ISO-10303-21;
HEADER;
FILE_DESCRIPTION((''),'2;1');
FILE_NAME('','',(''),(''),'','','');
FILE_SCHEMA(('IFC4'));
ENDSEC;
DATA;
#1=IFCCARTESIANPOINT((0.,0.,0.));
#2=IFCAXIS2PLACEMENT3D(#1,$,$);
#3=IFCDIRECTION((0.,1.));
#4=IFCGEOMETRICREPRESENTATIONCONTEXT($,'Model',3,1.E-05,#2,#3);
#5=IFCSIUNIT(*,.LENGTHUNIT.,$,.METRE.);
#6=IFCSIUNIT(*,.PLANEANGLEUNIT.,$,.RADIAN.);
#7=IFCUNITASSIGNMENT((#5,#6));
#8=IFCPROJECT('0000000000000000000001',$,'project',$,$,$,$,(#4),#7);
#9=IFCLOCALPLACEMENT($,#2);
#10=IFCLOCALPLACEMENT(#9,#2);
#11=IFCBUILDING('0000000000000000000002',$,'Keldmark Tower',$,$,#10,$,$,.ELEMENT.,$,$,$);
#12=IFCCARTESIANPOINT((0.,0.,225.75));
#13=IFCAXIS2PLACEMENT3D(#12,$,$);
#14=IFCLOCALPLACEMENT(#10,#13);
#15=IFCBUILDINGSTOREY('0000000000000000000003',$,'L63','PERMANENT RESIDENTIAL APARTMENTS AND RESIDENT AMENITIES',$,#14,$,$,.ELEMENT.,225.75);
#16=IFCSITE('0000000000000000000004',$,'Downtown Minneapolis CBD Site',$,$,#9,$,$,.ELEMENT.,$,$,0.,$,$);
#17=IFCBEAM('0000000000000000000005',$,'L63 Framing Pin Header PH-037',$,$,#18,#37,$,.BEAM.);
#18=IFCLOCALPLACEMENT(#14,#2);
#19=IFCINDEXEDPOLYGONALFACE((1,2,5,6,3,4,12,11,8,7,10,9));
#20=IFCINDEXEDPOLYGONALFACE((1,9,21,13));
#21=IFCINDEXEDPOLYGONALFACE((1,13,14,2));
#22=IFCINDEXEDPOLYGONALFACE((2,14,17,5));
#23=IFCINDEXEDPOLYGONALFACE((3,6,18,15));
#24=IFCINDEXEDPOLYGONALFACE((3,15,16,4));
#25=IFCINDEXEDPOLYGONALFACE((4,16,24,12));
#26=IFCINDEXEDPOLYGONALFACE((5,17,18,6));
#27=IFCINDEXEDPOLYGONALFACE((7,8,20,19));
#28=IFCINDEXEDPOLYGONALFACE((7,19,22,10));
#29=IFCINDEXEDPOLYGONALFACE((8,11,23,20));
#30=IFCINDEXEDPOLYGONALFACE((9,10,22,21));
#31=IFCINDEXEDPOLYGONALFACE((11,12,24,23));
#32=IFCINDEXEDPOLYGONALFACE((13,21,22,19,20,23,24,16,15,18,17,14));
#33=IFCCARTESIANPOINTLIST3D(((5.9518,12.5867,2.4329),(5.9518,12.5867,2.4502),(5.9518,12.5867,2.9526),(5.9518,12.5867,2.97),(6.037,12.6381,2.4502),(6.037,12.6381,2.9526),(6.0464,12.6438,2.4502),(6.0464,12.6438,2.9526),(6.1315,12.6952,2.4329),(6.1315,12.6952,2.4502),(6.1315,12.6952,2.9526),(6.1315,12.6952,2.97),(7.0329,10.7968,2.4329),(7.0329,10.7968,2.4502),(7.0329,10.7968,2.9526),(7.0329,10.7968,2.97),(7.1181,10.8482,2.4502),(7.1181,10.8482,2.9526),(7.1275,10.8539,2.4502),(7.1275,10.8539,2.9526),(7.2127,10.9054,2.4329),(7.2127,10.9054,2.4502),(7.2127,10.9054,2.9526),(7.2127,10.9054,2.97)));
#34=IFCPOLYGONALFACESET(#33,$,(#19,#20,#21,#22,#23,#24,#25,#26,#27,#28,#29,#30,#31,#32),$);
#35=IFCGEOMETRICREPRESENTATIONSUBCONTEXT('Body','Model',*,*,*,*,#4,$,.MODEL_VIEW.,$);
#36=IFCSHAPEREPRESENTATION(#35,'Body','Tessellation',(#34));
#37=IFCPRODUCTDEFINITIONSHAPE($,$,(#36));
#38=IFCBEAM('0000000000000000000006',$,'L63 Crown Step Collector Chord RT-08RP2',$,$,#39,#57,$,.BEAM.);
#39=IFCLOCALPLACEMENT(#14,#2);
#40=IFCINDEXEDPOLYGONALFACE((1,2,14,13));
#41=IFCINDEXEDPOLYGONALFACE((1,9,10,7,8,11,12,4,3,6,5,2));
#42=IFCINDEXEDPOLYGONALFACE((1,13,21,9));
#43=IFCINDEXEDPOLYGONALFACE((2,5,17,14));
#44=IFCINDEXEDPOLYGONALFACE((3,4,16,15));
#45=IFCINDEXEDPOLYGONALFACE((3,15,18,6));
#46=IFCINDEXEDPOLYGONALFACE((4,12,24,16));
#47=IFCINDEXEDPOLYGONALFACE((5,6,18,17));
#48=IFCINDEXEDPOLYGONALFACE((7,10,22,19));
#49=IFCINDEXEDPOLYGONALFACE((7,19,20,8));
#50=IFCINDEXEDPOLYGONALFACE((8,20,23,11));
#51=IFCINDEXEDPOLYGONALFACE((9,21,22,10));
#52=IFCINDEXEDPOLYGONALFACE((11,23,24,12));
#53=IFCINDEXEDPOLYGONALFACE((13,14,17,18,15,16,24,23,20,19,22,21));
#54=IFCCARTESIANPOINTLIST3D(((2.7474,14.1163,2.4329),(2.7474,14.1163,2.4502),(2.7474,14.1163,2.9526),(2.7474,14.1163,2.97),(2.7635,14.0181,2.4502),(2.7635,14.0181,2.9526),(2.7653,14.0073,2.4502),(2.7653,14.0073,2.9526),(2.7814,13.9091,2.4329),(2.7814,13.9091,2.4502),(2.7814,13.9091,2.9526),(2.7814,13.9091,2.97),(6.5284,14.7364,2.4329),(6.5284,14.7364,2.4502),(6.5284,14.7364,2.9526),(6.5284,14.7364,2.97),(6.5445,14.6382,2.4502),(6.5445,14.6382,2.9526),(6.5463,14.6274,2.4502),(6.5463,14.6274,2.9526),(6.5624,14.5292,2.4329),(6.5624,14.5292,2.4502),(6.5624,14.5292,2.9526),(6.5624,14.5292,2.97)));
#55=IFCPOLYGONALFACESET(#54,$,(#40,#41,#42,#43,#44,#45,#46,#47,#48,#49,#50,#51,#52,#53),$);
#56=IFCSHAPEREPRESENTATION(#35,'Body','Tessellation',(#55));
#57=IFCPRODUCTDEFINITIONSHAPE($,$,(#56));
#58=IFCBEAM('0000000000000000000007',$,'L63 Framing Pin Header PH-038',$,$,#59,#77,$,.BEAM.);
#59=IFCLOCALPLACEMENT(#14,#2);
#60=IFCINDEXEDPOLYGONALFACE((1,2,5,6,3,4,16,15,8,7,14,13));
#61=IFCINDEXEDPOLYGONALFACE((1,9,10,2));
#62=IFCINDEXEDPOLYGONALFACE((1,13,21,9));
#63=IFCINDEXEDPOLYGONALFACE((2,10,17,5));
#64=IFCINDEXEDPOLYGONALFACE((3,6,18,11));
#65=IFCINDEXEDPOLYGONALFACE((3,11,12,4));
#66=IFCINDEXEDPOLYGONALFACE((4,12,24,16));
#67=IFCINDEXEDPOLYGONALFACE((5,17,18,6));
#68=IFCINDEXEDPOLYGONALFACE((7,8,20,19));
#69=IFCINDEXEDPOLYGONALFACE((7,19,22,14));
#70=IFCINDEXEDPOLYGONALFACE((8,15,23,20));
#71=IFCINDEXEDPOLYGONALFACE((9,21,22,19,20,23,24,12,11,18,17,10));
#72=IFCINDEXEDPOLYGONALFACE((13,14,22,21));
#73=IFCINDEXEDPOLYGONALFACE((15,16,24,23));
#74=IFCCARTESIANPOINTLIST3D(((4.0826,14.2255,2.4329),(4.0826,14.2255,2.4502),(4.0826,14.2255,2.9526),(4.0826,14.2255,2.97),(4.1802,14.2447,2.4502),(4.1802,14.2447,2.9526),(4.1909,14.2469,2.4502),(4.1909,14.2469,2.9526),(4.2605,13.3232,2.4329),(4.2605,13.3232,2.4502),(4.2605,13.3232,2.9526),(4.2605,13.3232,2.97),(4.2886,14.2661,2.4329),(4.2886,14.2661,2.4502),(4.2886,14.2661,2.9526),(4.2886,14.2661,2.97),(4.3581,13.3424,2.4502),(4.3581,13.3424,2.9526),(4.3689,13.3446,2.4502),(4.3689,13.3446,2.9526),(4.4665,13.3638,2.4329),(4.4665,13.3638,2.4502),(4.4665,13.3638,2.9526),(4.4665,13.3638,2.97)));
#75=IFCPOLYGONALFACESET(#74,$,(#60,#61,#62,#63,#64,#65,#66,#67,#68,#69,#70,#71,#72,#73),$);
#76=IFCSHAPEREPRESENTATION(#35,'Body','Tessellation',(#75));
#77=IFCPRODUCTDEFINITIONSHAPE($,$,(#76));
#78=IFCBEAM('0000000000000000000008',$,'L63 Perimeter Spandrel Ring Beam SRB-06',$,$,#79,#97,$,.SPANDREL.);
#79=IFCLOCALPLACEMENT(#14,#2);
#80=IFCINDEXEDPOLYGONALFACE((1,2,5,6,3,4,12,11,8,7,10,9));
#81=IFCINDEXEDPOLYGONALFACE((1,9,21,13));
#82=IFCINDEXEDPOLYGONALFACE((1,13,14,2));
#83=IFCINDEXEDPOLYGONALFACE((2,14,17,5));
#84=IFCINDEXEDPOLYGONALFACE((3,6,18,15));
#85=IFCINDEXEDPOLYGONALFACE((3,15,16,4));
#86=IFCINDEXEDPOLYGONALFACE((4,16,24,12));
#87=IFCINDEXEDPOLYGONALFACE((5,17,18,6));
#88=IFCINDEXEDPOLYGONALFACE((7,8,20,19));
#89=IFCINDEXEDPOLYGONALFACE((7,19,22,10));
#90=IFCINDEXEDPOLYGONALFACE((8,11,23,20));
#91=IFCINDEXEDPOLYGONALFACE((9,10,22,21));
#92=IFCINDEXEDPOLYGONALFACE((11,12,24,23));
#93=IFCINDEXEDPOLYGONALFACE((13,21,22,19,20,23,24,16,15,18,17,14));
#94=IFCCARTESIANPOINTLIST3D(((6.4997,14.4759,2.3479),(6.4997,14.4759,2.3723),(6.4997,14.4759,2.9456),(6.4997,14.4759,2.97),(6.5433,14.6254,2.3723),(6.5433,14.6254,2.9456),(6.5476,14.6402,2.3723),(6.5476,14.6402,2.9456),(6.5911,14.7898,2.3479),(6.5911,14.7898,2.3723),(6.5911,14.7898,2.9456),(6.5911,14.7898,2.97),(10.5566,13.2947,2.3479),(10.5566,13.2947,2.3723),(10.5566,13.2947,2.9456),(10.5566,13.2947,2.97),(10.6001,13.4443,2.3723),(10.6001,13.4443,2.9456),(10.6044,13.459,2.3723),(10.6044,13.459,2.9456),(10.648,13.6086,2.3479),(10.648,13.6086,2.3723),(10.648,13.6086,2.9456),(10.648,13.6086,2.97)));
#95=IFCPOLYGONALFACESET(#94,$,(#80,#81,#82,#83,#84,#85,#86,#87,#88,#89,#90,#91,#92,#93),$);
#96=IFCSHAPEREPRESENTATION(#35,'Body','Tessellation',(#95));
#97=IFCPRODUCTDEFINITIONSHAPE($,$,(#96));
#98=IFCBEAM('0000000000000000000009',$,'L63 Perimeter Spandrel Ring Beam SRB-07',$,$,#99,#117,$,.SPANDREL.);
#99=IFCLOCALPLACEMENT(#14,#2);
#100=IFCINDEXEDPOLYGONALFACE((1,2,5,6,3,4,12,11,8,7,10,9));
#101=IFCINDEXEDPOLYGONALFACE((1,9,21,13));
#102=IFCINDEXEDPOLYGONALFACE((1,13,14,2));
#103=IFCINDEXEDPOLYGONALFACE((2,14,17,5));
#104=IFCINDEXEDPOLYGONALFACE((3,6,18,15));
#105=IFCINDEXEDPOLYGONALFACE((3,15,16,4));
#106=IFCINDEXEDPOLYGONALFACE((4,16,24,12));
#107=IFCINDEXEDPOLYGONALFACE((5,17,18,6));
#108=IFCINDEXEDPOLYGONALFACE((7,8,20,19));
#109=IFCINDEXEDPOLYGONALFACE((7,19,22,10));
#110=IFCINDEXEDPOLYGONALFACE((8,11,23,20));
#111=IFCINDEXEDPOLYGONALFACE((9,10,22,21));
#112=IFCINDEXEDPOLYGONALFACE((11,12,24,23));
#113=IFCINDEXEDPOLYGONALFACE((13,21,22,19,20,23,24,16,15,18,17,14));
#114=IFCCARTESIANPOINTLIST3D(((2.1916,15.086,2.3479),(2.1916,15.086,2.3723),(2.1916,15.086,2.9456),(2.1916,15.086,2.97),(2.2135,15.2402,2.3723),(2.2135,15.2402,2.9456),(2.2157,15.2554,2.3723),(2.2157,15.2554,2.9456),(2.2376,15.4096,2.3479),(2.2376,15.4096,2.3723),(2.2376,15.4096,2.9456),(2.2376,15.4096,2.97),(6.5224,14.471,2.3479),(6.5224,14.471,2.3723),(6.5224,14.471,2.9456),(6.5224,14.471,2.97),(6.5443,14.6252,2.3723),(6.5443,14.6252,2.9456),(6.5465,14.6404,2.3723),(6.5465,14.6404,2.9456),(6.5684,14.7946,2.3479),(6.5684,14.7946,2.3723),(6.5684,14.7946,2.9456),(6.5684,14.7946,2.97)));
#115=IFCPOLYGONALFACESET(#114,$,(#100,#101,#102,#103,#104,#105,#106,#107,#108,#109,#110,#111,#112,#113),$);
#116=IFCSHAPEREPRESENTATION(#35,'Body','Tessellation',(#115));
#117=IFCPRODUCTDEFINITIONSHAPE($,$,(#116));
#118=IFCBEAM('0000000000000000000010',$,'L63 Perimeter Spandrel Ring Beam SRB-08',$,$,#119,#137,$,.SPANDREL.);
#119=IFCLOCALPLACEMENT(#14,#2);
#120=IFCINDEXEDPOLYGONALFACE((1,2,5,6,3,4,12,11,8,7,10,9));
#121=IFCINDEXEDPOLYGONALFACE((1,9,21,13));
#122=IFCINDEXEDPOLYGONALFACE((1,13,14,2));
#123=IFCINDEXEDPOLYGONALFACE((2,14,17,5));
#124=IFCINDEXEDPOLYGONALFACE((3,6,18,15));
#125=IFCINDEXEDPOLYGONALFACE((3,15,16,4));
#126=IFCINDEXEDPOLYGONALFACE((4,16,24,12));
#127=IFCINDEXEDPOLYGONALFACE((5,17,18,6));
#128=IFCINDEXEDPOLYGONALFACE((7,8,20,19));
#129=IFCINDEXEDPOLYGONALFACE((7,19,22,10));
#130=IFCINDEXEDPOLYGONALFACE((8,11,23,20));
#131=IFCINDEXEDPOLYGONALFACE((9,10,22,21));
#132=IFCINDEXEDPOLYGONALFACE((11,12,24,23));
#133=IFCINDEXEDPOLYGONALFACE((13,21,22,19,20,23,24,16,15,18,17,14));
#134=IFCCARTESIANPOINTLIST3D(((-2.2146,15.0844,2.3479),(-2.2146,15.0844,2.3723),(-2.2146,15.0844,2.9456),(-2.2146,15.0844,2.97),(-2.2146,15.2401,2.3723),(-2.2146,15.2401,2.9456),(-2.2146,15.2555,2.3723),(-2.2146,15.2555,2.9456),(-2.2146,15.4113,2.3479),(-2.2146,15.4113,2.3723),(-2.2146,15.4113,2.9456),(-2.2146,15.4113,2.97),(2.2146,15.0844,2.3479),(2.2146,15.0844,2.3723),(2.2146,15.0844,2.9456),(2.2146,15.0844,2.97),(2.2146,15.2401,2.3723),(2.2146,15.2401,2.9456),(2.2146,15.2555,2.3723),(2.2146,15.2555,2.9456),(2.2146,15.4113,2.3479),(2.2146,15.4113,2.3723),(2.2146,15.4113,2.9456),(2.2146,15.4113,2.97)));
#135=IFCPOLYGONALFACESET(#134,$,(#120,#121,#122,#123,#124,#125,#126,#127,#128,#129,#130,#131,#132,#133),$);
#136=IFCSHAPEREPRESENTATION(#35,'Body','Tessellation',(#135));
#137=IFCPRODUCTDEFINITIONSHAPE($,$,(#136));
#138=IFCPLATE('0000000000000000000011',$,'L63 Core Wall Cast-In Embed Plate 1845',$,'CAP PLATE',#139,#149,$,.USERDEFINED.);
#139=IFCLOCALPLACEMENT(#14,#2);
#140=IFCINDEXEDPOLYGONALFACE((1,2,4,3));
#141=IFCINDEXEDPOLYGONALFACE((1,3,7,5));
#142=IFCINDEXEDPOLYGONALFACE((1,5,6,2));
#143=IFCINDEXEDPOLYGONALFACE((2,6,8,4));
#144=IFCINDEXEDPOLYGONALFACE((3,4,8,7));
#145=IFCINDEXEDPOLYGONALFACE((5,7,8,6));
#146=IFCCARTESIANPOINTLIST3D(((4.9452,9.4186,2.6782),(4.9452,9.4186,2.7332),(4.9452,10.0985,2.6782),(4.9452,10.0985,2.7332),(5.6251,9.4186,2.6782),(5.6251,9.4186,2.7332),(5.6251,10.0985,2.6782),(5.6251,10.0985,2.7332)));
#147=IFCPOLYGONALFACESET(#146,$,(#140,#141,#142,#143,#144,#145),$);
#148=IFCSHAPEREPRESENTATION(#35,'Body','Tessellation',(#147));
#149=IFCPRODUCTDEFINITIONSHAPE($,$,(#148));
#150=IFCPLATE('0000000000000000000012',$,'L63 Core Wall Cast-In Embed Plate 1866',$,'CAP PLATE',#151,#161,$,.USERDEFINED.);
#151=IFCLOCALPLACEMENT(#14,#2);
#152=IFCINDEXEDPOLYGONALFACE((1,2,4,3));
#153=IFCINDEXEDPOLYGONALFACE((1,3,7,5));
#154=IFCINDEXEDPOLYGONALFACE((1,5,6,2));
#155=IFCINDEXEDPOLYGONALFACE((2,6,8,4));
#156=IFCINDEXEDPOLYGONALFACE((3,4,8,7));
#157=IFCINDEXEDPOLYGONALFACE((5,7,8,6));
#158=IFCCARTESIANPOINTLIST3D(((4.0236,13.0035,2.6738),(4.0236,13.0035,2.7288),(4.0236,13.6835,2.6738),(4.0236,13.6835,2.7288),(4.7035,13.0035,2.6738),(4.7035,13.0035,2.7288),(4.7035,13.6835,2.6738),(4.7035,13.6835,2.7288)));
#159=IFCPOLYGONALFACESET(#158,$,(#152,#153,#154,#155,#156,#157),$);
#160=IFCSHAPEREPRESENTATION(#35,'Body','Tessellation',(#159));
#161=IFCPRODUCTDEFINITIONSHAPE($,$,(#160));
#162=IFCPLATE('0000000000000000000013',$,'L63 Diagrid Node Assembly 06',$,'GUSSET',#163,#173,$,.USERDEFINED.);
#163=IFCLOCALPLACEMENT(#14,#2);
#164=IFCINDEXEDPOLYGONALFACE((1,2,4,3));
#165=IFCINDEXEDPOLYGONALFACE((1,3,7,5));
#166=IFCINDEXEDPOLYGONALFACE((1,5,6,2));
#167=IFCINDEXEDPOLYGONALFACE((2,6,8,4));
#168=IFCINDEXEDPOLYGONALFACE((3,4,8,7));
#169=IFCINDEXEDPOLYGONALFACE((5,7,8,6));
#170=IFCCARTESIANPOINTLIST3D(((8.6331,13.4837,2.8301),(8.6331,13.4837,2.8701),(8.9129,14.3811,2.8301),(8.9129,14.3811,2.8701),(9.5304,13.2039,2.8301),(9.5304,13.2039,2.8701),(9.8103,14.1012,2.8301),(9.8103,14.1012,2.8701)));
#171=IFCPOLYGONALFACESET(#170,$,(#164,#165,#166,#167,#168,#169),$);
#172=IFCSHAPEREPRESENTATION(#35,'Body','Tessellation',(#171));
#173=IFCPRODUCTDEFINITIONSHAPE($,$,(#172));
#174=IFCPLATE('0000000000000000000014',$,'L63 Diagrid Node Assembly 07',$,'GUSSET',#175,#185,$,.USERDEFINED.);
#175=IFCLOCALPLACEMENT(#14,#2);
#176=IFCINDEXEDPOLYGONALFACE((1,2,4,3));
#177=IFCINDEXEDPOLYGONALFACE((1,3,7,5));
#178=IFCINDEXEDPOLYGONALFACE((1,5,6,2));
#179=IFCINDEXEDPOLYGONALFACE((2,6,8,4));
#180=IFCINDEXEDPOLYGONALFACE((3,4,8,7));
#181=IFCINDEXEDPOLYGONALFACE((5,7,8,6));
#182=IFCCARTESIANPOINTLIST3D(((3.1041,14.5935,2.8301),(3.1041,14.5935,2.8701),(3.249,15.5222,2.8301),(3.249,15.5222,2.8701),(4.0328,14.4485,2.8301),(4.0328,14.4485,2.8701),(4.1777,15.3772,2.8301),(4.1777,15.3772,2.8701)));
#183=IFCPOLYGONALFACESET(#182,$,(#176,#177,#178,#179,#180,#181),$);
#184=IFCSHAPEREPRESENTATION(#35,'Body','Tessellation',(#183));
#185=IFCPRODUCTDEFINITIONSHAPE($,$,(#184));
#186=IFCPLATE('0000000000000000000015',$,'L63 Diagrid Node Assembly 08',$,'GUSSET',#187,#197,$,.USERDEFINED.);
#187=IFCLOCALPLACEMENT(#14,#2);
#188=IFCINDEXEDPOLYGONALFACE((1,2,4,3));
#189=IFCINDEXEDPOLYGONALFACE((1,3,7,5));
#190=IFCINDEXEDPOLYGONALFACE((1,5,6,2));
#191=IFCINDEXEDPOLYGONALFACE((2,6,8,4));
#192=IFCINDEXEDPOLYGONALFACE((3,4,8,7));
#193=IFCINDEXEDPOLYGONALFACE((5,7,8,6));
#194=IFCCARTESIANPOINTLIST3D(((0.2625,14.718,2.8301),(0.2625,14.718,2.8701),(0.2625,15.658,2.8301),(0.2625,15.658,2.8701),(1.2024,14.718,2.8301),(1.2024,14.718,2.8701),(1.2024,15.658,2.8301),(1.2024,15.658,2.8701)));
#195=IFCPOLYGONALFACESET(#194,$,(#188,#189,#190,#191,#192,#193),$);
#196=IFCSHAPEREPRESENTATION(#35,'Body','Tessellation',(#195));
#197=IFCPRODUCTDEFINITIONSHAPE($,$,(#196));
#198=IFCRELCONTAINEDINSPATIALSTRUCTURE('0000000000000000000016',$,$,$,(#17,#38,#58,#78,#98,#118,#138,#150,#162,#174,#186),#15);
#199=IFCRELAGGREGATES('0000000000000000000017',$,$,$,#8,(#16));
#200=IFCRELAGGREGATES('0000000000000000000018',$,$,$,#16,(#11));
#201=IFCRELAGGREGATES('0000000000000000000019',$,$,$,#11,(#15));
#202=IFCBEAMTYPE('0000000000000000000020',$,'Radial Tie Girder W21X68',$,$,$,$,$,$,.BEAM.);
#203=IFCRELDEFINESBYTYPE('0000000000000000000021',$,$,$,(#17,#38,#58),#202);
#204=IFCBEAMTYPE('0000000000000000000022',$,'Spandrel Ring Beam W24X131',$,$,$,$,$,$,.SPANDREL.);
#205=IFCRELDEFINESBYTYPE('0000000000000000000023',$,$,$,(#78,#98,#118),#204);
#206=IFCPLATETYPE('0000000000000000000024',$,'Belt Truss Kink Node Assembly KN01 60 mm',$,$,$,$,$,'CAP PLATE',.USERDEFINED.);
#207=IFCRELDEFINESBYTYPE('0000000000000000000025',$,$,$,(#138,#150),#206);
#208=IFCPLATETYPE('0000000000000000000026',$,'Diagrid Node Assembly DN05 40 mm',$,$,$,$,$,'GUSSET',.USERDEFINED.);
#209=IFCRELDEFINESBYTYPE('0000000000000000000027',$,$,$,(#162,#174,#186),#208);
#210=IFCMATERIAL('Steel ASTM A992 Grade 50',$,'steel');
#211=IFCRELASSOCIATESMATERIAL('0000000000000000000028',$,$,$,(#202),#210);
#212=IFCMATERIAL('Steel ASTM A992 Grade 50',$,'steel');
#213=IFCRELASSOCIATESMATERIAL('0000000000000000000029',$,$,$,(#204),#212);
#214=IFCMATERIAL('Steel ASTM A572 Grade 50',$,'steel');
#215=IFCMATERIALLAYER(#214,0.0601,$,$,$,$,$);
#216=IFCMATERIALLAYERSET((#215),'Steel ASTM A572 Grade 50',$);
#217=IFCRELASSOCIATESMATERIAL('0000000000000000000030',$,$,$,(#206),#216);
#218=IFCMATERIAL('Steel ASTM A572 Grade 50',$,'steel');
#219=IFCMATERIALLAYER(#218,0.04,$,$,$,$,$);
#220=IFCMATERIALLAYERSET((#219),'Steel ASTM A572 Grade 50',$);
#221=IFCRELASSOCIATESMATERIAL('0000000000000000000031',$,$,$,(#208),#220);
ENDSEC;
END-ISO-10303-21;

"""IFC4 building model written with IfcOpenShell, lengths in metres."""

from ifc_helpers import new_model, si_unit, direction, frame, origin, origin_2d, place, context, subcontext, project, spatial, rectangle, i_section, extrude, material, layer, layer_set, material_profile, profile_set, type_object, element, save


model = new_model("IFC4")

# Units and contexts
model_context = context("Model", 3, precision=1e-05, world=origin(), true_north=direction((0.0, 1.0)))
body_context = subcontext(model_context, "Body", "Model", "MODEL_VIEW")
ifc_project = project(units=[si_unit("LENGTHUNIT", "METRE"), si_unit("PLANEANGLEUNIT", "RADIAN")], contexts=[model_context])

# Site, building, storey
site_placement = place(None, origin())
site = spatial("IfcSite", under=ifc_project, at=site_placement, Name="Downtown Minneapolis CBD Site", CompositionType="ELEMENT", RefElevation=0.0)
building_placement = place(site_placement, origin())
building = spatial("IfcBuilding", under=site, at=building_placement, Name="Keldmark Tower", CompositionType="ELEMENT")
storey_placement = place(building_placement, frame((0.0, 0.0, 225.75)))
storey = spatial("IfcBuildingStorey", under=building, at=storey_placement, Name="L63", Description="PERMANENT RESIDENTIAL APARTMENTS AND RESIDENT AMENITIES", CompositionType="ELEMENT", Elevation=225.75)

# Beams
ifc_material_1 = material(Name="Steel ASTM A992 Grade 50", Category="steel")
ifc_material_profile_1 = material_profile(ifc_material_1, i_section(OverallWidth=0.21, OverallDepth=0.5371, WebThickness=0.011, FlangeThickness=0.0173, at=origin_2d()), Name="W21X68")
ifc_profile_set_1 = profile_set([ifc_material_profile_1], Name="Steel ASTM A992 Grade 50")
beam_type_1 = type_object("IfcBeamType", Name="Radial Tie Girder W21X68", PredefinedType="BEAM", material=ifc_profile_set_1)
beam_1_placement = place(storey_placement, frame((7.1228, 10.8511, 2.7014), z_axis=(-0.517018, 0.855975, 0.0), x_axis=(-0.855975, -0.517018, 0.0)))
element("IfcBeam", 1, at=beam_1_placement, inside=storey, type_object=beam_type_1, Name="L63 Framing Pin Header PH-037", PredefinedType="BEAM", context=body_context, shape_type="SweptSolid", body=[
    extrude(i_section(OverallWidth=0.21, OverallDepth=0.5371, WebThickness=0.011, FlangeThickness=0.0173, at=origin_2d()), origin(), (0.0, 0.0, 1.0), 2.0911),
])
beam_2_placement = place(storey_placement, frame((2.7644, 14.0127, 2.7014), z_axis=(0.986816, 0.161846, 0.0), x_axis=(-0.161846, 0.986816, 0.0)))
element("IfcBeam", 2, at=beam_2_placement, inside=storey, type_object=beam_type_1, Name="L63 Crown Step Collector Chord RT-08RP2", PredefinedType="BEAM", context=body_context, shape_type="SweptSolid", body=[
    extrude(i_section(OverallWidth=0.21, OverallDepth=0.5371, WebThickness=0.011, FlangeThickness=0.0173, at=origin_2d()), origin(), (0.0, 0.0, 1.0), 3.8315),
])
beam_3_placement = place(storey_placement, frame((4.3635, 13.3435, 2.7014), z_axis=(-0.193512, 0.981098, 0.0), x_axis=(-0.981098, -0.193512, 0.0)))
element("IfcBeam", 3, at=beam_3_placement, inside=storey, type_object=beam_type_1, Name="L63 Framing Pin Header PH-038", PredefinedType="BEAM", context=body_context, shape_type="SweptSolid", body=[
    extrude(i_section(OverallWidth=0.21, OverallDepth=0.5371, WebThickness=0.011, FlangeThickness=0.0173, at=origin_2d()), origin(), (0.0, 0.0, 1.0), 0.9197),
])
ifc_material_2 = material(Name="Steel ASTM A992 Grade 50", Category="steel")
ifc_material_profile_2 = material_profile(ifc_material_2, i_section(OverallWidth=0.3269, OverallDepth=0.6221, WebThickness=0.0154, FlangeThickness=0.0244, at=origin_2d()), Name="W24X131")
ifc_profile_set_2 = profile_set([ifc_material_profile_2], Name="Steel ASTM A992 Grade 50")
beam_type_2 = type_object("IfcBeamType", Name="Spandrel Ring Beam W24X131", PredefinedType="SPANDREL", material=ifc_profile_set_2)
beam_4_placement = place(storey_placement, frame((10.6023, 13.4517, 2.6589), z_axis=(-0.960134, 0.279541, 0.0), x_axis=(-0.279541, -0.960134, 0.0)))
element("IfcBeam", 4, at=beam_4_placement, inside=storey, type_object=beam_type_2, Name="L63 Perimeter Spandrel Ring Beam SRB-06", PredefinedType="SPANDREL", context=body_context, shape_type="SweptSolid", body=[
    extrude(i_section(OverallWidth=0.3269, OverallDepth=0.6221, WebThickness=0.0154, FlangeThickness=0.0244, at=origin_2d()), origin(), (0.0, 0.0, 1.0), 4.2253),
])
beam_5_placement = place(storey_placement, frame((6.5454, 14.6328, 2.6589), z_axis=(-0.990067, 0.140593, 0.0), x_axis=(-0.140593, -0.990067, 0.0)))
element("IfcBeam", 5, at=beam_5_placement, inside=storey, type_object=beam_type_2, Name="L63 Perimeter Spandrel Ring Beam SRB-07", PredefinedType="SPANDREL", context=body_context, shape_type="SweptSolid", body=[
    extrude(i_section(OverallWidth=0.3269, OverallDepth=0.6221, WebThickness=0.0154, FlangeThickness=0.0244, at=origin_2d()), origin(), (0.0, 0.0, 1.0), 4.3743),
])
beam_6_placement = place(storey_placement, frame((2.2146, 15.2478, 2.6589), z_axis=(-1.0, 0.0, 0.0), x_axis=(0.0, -1.0, 0.0)))
element("IfcBeam", 6, at=beam_6_placement, inside=storey, type_object=beam_type_2, Name="L63 Perimeter Spandrel Ring Beam SRB-08", PredefinedType="SPANDREL", context=body_context, shape_type="SweptSolid", body=[
    extrude(i_section(OverallWidth=0.3269, OverallDepth=0.6221, WebThickness=0.0154, FlangeThickness=0.0244, at=origin_2d()), origin(), (0.0, 0.0, 1.0), 4.4292),
])

# Plates
ifc_material_3 = material(Name="Steel ASTM A572 Grade 50", Category="steel")
ifc_layer_1 = layer(ifc_material_3, 0.0601)
ifc_layer_set_1 = layer_set([ifc_layer_1], Name="Steel ASTM A572 Grade 50")
plate_type_1 = type_object("IfcPlateType", Name="Belt Truss Kink Node Assembly KN01 60 mm", ElementType="CAP PLATE", PredefinedType="USERDEFINED", material=ifc_layer_set_1)
for number, where, z_axis, x_axis, name in (
    (7, (5.2852, 9.7585, 2.6782), (0.0, 0.0, 1.0), (1.0, 0.0, 0.0), "L63 Core Wall Cast-In Embed Plate 1845"),
    (8, (4.3635, 13.3435, 2.6738), (0.0, 0.0, 1.0), (1.0, 0.0, 0.0), "L63 Core Wall Cast-In Embed Plate 1866"),
):
    element("IfcPlate", number, at=place(storey_placement, frame(where, z_axis=z_axis, x_axis=x_axis)), inside=storey, type_object=plate_type_1, Name=name, ObjectType="CAP PLATE", PredefinedType="USERDEFINED", context=body_context, shape_type="SweptSolid", body=[
        extrude(rectangle(XDim=0.6799, YDim=0.6799, at=origin_2d()), origin(), (0.0, 0.0, 1.0), 0.0549),
    ])
ifc_material_4 = material(Name="Steel ASTM A572 Grade 50", Category="steel")
ifc_layer_2 = layer(ifc_material_4, 0.04)
ifc_layer_set_2 = layer_set([ifc_layer_2], Name="Steel ASTM A572 Grade 50")
plate_type_2 = type_object("IfcPlateType", Name="Diagrid Node Assembly DN05 40 mm", ElementType="GUSSET", PredefinedType="USERDEFINED", material=ifc_layer_set_2)
for number, where, z_axis, x_axis, name in (
    (9, (9.2217, 13.7925, 2.8301), (0.0, 0.0, 1.0), (-0.954657, 0.297708, 0.0), "L63 Diagrid Node Assembly 06"),
    (10, (3.6409, 14.9854, 2.8301), (0.0, 0.0, 1.0), (-0.988041, 0.154193, 0.0), "L63 Diagrid Node Assembly 07"),
    (11, (0.7324, 15.188, 2.8301), (0.0, 0.0, 1.0), (-1.0, 0.0, 0.0), "L63 Diagrid Node Assembly 08"),
):
    element("IfcPlate", number, at=place(storey_placement, frame(where, z_axis=z_axis, x_axis=x_axis)), inside=storey, type_object=plate_type_2, Name=name, ObjectType="GUSSET", PredefinedType="USERDEFINED", context=body_context, shape_type="SweptSolid", body=[
        extrude(rectangle(XDim=0.9399, YDim=0.9399, at=origin_2d()), origin(), (0.0, 0.0, 1.0), 0.04),
    ])

save(model, "model.ifc")
